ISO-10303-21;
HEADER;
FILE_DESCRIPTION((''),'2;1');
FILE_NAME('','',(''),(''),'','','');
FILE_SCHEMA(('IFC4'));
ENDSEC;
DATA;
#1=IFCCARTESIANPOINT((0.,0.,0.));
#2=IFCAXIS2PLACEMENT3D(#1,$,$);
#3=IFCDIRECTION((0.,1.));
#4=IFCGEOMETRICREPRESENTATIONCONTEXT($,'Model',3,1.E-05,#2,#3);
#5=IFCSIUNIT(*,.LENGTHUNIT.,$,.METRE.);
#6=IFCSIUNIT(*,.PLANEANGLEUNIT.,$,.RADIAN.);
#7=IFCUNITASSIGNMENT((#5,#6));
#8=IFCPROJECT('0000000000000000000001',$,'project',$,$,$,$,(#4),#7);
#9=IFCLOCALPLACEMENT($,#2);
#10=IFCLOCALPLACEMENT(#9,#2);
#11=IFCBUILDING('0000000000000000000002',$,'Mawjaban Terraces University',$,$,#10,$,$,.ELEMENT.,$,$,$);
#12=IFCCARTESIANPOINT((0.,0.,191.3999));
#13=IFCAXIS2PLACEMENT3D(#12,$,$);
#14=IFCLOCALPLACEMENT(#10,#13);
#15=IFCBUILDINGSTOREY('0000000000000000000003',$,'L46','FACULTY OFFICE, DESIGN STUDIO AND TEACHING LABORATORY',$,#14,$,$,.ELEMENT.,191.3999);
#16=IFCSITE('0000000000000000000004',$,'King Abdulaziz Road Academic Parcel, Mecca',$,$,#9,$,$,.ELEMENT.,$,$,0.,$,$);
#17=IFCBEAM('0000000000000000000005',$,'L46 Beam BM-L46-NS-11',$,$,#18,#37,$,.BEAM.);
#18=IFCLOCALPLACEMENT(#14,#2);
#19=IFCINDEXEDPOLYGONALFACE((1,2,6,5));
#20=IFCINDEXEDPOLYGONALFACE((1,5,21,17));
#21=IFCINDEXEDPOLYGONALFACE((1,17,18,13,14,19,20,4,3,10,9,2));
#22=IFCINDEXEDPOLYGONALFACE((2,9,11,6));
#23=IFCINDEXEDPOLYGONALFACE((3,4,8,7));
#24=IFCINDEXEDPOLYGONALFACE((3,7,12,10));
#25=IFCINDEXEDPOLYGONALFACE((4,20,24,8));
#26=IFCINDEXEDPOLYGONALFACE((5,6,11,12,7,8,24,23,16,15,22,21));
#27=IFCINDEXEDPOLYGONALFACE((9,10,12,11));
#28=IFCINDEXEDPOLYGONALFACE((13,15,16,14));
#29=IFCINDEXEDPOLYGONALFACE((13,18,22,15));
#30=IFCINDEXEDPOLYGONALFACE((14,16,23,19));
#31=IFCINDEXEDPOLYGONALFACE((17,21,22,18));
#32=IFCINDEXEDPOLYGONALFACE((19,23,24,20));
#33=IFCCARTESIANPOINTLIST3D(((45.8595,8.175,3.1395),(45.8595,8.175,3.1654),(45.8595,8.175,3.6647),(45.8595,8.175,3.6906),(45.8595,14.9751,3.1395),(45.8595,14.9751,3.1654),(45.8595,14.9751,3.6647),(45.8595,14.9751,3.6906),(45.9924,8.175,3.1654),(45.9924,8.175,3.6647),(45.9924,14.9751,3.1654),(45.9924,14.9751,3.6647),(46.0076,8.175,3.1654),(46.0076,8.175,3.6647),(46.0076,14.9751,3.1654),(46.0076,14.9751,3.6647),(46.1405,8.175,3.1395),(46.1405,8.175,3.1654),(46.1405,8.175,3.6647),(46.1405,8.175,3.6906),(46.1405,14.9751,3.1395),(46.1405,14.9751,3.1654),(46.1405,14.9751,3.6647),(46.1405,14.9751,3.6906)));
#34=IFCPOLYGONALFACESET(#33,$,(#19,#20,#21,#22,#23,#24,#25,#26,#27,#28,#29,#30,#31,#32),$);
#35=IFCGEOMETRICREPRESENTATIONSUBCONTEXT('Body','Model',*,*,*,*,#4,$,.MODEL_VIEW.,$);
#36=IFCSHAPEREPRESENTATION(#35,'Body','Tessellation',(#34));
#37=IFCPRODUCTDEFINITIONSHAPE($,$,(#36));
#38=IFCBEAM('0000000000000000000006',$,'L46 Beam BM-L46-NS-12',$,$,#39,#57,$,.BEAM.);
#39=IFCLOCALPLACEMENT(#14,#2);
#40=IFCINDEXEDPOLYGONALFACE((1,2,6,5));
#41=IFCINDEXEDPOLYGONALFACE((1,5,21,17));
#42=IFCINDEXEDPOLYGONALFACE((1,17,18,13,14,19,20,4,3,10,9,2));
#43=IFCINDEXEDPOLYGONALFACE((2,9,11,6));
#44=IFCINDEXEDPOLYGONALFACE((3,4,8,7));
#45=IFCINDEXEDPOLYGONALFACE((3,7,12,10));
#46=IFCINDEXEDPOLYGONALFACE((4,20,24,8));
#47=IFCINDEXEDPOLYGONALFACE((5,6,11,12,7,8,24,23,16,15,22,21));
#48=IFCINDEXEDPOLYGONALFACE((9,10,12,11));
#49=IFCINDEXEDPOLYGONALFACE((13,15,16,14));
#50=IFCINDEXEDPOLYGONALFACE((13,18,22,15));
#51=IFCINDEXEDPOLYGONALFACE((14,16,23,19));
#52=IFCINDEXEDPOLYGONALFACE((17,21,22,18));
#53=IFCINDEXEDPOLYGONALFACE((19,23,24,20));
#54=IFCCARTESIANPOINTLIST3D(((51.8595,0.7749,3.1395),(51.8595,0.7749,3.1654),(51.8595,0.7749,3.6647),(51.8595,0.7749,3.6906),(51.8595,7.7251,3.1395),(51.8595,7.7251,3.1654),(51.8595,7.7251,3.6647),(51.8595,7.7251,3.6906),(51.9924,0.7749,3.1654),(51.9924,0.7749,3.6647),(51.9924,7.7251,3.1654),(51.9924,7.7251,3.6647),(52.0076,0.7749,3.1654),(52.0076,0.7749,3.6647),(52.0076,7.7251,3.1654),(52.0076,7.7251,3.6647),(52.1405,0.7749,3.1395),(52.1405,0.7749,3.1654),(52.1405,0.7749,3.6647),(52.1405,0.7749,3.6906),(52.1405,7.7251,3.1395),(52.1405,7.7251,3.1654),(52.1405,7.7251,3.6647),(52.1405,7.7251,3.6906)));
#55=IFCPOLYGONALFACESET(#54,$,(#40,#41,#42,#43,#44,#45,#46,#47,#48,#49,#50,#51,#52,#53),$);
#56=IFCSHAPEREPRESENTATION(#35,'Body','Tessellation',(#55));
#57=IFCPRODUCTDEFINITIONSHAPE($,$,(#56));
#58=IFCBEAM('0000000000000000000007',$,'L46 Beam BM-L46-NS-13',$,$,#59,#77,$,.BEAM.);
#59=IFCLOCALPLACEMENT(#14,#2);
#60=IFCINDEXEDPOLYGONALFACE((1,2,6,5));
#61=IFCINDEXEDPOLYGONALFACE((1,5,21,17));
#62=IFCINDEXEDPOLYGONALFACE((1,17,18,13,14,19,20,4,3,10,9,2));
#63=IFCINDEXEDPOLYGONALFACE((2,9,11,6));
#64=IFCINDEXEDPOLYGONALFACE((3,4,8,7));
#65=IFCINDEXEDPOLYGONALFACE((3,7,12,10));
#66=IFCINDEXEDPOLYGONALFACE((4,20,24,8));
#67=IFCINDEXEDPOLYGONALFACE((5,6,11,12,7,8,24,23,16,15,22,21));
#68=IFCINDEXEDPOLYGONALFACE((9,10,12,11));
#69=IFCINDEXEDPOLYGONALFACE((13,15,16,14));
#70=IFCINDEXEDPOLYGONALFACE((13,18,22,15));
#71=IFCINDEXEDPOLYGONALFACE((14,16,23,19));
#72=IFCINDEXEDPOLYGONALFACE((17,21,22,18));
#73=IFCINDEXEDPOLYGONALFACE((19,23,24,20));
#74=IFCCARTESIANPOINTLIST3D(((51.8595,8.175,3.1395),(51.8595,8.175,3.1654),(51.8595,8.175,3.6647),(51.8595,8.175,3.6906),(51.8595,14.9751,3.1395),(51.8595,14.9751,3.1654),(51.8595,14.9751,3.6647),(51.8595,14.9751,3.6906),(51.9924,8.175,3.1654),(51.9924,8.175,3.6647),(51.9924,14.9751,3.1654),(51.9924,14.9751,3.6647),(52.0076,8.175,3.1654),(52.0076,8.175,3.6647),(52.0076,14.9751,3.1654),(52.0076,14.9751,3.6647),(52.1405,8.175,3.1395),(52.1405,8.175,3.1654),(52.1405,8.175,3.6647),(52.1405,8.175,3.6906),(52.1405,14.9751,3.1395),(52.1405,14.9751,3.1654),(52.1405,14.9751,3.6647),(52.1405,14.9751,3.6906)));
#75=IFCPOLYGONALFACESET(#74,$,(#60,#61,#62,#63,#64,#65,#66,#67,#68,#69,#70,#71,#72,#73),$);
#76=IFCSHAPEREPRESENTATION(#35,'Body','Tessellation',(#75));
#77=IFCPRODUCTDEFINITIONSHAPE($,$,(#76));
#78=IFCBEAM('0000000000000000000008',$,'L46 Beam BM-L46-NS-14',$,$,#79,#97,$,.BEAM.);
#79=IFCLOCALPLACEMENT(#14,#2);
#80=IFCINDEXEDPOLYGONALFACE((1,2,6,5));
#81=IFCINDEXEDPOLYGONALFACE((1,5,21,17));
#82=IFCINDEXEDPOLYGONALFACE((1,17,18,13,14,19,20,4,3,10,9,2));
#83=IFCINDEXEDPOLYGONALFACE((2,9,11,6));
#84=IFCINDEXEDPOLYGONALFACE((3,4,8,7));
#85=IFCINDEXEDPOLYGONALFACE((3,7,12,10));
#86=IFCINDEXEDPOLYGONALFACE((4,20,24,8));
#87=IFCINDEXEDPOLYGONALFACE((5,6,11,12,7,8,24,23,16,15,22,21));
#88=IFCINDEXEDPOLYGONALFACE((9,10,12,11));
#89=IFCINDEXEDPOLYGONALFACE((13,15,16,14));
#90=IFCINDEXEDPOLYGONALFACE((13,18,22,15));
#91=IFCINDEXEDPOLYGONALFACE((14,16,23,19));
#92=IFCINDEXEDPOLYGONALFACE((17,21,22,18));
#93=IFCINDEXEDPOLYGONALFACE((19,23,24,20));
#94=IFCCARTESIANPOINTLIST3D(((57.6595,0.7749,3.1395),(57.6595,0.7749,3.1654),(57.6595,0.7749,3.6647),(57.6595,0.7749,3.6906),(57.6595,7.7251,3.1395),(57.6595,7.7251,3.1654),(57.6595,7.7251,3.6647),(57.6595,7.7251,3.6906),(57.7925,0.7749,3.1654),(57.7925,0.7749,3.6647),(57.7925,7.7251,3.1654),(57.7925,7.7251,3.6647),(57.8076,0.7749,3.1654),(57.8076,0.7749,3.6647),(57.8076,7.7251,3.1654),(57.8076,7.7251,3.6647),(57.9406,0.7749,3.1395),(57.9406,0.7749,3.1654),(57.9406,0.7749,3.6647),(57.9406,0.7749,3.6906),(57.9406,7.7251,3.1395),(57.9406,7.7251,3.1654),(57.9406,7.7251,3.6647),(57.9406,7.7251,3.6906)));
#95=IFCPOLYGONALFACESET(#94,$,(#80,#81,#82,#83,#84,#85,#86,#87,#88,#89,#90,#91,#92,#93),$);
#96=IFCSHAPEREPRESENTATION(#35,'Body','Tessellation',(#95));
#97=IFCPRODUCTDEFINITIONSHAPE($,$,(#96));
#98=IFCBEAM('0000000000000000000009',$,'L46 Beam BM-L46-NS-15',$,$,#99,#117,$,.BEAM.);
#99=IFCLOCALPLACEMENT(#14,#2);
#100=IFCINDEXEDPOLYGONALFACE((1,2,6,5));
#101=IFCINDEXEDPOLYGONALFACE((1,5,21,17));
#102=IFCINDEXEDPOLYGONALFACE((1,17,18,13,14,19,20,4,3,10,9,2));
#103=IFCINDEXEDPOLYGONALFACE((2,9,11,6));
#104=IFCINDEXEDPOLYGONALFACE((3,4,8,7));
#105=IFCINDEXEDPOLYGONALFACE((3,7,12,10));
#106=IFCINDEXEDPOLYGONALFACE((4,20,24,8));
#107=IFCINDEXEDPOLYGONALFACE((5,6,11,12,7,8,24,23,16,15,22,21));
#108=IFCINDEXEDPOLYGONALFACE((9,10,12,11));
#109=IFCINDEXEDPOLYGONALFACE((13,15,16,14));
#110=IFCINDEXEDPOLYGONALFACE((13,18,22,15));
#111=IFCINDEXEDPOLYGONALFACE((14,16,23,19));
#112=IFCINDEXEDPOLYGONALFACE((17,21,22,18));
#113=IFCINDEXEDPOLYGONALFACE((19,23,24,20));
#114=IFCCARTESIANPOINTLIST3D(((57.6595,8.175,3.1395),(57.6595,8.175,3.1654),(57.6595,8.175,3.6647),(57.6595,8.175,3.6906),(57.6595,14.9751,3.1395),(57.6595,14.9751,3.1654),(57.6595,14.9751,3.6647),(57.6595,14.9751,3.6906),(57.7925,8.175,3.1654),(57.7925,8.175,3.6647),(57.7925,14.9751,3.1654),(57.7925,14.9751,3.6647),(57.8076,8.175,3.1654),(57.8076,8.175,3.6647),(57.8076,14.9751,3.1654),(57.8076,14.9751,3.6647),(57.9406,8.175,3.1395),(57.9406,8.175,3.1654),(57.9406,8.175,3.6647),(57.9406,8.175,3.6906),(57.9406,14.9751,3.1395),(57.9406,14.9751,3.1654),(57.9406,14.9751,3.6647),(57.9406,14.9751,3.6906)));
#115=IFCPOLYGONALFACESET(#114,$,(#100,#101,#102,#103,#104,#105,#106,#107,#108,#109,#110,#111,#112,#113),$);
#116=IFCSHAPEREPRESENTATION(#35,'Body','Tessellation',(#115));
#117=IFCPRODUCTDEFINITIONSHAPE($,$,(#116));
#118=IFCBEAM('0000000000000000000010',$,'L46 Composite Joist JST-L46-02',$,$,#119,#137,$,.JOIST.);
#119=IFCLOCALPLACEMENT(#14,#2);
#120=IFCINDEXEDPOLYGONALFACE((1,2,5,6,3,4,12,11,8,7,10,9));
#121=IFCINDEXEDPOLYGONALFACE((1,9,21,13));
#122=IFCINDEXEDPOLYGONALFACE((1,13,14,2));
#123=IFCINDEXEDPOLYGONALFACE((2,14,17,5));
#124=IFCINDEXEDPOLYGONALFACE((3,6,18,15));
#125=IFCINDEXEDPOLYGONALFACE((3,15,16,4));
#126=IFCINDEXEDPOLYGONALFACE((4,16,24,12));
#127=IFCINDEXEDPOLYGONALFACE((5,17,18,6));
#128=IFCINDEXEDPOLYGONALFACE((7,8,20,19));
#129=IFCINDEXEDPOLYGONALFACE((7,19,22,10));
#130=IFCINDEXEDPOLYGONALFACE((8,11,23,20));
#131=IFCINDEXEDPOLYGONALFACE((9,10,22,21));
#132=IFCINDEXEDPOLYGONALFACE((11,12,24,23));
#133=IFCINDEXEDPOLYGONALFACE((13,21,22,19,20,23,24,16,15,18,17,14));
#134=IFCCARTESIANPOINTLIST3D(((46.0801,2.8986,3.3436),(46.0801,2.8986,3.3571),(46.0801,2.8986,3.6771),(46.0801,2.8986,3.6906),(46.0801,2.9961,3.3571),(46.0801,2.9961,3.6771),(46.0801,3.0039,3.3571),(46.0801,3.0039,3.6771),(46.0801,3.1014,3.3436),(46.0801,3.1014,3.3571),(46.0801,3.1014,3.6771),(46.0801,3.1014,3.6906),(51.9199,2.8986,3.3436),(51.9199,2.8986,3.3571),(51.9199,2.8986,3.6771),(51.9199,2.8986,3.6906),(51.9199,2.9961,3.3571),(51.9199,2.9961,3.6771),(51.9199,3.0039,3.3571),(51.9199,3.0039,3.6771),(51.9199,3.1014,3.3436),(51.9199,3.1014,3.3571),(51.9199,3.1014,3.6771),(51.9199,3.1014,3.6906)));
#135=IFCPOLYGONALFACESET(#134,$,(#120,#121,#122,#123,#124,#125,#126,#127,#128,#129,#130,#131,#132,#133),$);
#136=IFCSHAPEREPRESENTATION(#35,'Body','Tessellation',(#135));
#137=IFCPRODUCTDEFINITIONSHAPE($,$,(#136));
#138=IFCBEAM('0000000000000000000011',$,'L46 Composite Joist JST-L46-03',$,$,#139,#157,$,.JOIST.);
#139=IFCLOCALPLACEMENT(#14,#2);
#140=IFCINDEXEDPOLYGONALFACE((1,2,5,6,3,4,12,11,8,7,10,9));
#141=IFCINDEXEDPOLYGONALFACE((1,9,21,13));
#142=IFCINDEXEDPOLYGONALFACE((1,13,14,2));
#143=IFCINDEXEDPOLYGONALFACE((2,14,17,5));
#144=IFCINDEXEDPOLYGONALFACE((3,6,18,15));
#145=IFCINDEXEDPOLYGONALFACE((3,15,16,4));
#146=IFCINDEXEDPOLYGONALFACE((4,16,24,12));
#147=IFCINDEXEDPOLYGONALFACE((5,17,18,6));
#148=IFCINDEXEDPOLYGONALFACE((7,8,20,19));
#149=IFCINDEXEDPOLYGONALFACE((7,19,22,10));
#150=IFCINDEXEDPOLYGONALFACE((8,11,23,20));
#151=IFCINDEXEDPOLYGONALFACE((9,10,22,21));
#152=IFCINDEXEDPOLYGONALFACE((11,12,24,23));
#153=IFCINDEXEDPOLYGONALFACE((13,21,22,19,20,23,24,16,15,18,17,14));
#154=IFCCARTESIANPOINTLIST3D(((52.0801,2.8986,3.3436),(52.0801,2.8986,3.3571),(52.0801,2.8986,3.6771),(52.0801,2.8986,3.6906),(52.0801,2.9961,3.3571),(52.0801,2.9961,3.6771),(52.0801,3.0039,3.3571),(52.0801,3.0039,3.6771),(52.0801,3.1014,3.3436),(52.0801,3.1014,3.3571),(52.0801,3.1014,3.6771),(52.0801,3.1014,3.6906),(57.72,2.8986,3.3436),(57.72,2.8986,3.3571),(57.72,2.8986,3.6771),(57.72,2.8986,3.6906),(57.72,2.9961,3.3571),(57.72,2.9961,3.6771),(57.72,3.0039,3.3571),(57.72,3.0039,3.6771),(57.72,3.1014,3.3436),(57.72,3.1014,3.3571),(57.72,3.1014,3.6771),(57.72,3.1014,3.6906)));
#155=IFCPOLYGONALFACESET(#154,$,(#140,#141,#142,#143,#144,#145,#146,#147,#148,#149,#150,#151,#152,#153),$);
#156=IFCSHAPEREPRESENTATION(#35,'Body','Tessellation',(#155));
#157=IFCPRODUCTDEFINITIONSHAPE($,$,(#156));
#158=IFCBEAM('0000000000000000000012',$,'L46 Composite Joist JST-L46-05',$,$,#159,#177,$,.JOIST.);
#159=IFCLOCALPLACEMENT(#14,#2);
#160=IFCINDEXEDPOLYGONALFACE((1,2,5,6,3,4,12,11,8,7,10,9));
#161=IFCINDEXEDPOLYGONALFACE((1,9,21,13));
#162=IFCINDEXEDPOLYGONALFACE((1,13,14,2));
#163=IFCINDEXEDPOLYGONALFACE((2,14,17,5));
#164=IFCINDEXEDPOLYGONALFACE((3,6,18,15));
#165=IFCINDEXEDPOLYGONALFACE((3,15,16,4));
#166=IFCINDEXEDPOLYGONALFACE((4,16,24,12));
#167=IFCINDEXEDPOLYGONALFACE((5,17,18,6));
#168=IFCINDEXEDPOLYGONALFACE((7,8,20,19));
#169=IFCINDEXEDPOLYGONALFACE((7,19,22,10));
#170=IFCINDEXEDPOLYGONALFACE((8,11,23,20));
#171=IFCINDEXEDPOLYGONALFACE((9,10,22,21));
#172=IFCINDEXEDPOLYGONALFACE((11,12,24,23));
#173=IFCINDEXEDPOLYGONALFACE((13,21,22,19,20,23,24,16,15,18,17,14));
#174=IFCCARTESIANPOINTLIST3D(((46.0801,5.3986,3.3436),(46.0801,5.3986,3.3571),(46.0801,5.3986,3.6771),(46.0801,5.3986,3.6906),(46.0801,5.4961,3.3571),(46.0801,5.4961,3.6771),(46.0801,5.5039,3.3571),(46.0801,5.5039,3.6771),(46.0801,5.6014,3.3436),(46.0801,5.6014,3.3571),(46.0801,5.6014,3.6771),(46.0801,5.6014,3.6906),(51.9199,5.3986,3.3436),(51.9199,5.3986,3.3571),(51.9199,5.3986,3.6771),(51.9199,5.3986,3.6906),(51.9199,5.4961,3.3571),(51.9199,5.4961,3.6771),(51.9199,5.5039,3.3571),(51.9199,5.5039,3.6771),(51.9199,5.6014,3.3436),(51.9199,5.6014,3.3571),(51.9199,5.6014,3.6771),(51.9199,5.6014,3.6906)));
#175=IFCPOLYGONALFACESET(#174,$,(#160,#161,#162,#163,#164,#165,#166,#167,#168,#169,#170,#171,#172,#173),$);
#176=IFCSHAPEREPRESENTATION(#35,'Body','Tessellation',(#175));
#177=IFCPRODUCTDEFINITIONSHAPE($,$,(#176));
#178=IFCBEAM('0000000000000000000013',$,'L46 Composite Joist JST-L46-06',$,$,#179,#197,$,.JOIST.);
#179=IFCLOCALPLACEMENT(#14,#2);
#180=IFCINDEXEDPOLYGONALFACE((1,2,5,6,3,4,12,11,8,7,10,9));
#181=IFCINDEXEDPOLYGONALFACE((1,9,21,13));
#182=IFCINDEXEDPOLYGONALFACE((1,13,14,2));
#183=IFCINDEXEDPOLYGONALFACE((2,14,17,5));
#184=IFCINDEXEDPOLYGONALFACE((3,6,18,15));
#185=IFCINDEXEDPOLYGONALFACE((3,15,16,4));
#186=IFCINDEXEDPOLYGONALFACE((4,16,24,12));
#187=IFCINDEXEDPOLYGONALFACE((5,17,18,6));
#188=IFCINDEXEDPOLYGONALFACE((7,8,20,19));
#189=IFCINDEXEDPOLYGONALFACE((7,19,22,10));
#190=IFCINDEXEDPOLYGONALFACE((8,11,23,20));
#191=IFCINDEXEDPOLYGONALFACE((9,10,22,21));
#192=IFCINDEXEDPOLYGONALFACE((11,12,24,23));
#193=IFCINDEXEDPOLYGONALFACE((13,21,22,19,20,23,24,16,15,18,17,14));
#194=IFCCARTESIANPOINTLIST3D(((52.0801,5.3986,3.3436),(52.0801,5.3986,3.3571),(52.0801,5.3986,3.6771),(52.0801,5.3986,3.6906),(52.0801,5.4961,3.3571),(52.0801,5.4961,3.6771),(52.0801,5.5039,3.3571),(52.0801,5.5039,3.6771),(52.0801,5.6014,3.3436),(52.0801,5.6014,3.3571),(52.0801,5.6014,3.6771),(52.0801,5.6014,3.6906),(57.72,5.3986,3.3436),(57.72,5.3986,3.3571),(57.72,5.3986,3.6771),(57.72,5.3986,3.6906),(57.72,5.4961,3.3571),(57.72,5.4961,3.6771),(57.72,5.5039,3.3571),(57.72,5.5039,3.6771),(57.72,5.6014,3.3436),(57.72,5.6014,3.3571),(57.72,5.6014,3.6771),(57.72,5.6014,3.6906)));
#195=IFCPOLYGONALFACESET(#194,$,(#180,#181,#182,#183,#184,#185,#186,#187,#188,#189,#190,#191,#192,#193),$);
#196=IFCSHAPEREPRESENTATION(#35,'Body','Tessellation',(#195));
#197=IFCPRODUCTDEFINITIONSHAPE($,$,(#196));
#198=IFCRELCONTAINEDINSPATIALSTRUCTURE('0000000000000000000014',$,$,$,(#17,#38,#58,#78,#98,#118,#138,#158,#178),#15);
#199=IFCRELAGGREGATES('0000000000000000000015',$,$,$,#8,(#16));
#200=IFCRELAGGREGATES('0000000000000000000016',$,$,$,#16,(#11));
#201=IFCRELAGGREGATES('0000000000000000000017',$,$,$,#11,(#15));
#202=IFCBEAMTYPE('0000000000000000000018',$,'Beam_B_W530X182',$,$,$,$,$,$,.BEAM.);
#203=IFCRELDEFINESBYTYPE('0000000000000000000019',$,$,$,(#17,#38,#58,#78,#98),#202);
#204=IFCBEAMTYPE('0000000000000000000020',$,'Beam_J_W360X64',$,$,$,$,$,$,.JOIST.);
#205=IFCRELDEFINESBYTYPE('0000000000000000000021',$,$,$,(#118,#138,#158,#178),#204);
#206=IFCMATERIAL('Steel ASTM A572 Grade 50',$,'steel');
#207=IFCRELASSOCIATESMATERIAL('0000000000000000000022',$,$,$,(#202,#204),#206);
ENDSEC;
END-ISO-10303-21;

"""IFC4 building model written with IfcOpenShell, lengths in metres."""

from ifc_helpers import new_model, si_unit, direction, frame, origin, origin_2d, place, context, subcontext, project, spatial, i_section, extrude, material, material_profile, profile_set, type_object, element, save


model = new_model("IFC4")

# Units and contexts
model_context = context("Model", 3, precision=1e-05, world=origin(), true_north=direction((0.0, 1.0)))
body_context = subcontext(model_context, "Body", "Model", "MODEL_VIEW")
ifc_project = project(units=[si_unit("LENGTHUNIT", "METRE"), si_unit("PLANEANGLEUNIT", "RADIAN")], contexts=[model_context])

# Site, building, storey
site_placement = place(None, origin())
site = spatial("IfcSite", under=ifc_project, at=site_placement, Name="King Abdulaziz Road Academic Parcel, Mecca", CompositionType="ELEMENT", RefElevation=0.0)
building_placement = place(site_placement, origin())
building = spatial("IfcBuilding", under=site, at=building_placement, Name="Mawjaban Terraces University", CompositionType="ELEMENT")
storey_placement = place(building_placement, frame((0.0, 0.0, 191.3999)))
storey = spatial("IfcBuildingStorey", under=building, at=storey_placement, Name="L46", Description="FACULTY OFFICE, DESIGN STUDIO AND TEACHING LABORATORY", CompositionType="ELEMENT", Elevation=191.3999)

# Beams
ifc_material_1 = material(Name="Steel ASTM A572 Grade 50", Category="steel")
ifc_material_profile_1 = material_profile(ifc_material_1, i_section(OverallWidth=0.281, OverallDepth=0.551, WebThickness=0.0151, FlangeThickness=0.0259, at=origin_2d()), Name="W530X182")
ifc_profile_set_1 = profile_set([ifc_material_profile_1], Name="Steel ASTM A572 Grade 50")
beam_type_1 = type_object("IfcBeamType", Name="Beam_B_W530X182", PredefinedType="BEAM", material=ifc_profile_set_1)
beam_1_placement = place(storey_placement, frame((46.0, 8.175, 3.415), z_axis=(0.0, 1.0, 0.0), x_axis=(-1.0, 0.0, 0.0)))
element("IfcBeam", 1, at=beam_1_placement, inside=storey, type_object=beam_type_1, Name="L46 Beam BM-L46-NS-11", PredefinedType="BEAM", context=body_context, shape_type="SweptSolid", body=[
    extrude(i_section(OverallWidth=0.281, OverallDepth=0.551, WebThickness=0.0151, FlangeThickness=0.0259, at=origin_2d()), origin(), (0.0, 0.0, 1.0), 6.8),
])
beam_2_placement = place(storey_placement, frame((52.0, 0.7749, 3.415), z_axis=(0.0, 1.0, 0.0), x_axis=(-1.0, 0.0, 0.0)))
element("IfcBeam", 2, at=beam_2_placement, inside=storey, type_object=beam_type_1, Name="L46 Beam BM-L46-NS-12", PredefinedType="BEAM", context=body_context, shape_type="SweptSolid", body=[
    extrude(i_section(OverallWidth=0.281, OverallDepth=0.551, WebThickness=0.0151, FlangeThickness=0.0259, at=origin_2d()), origin(), (0.0, 0.0, 1.0), 6.9502),
])
beam_3_placement = place(storey_placement, frame((52.0, 8.175, 3.415), z_axis=(0.0, 1.0, 0.0), x_axis=(-1.0, 0.0, 0.0)))
element("IfcBeam", 3, at=beam_3_placement, inside=storey, type_object=beam_type_1, Name="L46 Beam BM-L46-NS-13", PredefinedType="BEAM", context=body_context, shape_type="SweptSolid", body=[
    extrude(i_section(OverallWidth=0.281, OverallDepth=0.551, WebThickness=0.0151, FlangeThickness=0.0259, at=origin_2d()), origin(), (0.0, 0.0, 1.0), 6.8),
])
beam_4_placement = place(storey_placement, frame((57.8, 0.7749, 3.415), z_axis=(0.0, 1.0, 0.0), x_axis=(-1.0, 0.0, 0.0)))
element("IfcBeam", 4, at=beam_4_placement, inside=storey, type_object=beam_type_1, Name="L46 Beam BM-L46-NS-14", PredefinedType="BEAM", context=body_context, shape_type="SweptSolid", body=[
    extrude(i_section(OverallWidth=0.281, OverallDepth=0.551, WebThickness=0.0151, FlangeThickness=0.0259, at=origin_2d()), origin(), (0.0, 0.0, 1.0), 6.9502),
])
beam_5_placement = place(storey_placement, frame((57.8, 8.175, 3.415), z_axis=(0.0, 1.0, 0.0), x_axis=(-1.0, 0.0, 0.0)))
element("IfcBeam", 5, at=beam_5_placement, inside=storey, type_object=beam_type_1, Name="L46 Beam BM-L46-NS-15", PredefinedType="BEAM", context=body_context, shape_type="SweptSolid", body=[
    extrude(i_section(OverallWidth=0.281, OverallDepth=0.551, WebThickness=0.0151, FlangeThickness=0.0259, at=origin_2d()), origin(), (0.0, 0.0, 1.0), 6.8),
])
ifc_material_profile_2 = material_profile(ifc_material_1, i_section(OverallWidth=0.2029, OverallDepth=0.3469, WebThickness=0.0078, FlangeThickness=0.0134, at=origin_2d()), Name="W360X64")
ifc_profile_set_2 = profile_set([ifc_material_profile_2], Name="Steel ASTM A572 Grade 50")
beam_type_2 = type_object("IfcBeamType", Name="Beam_J_W360X64", PredefinedType="JOIST", material=ifc_profile_set_2)
beam_6_placement = place(storey_placement, frame((46.0801, 3.0, 3.5171), z_axis=(1.0, 0.0, 0.0), x_axis=(0.0, 1.0, 0.0)))
element("IfcBeam", 6, at=beam_6_placement, inside=storey, type_object=beam_type_2, Name="L46 Composite Joist JST-L46-02", PredefinedType="JOIST", context=body_context, shape_type="SweptSolid", body=[
    extrude(i_section(OverallWidth=0.2029, OverallDepth=0.3469, WebThickness=0.0078, FlangeThickness=0.0134, at=origin_2d()), origin(), (0.0, 0.0, 1.0), 5.8398),
])
beam_7_placement = place(storey_placement, frame((52.0801, 3.0, 3.5171), z_axis=(1.0, 0.0, 0.0), x_axis=(0.0, 1.0, 0.0)))
element("IfcBeam", 7, at=beam_7_placement, inside=storey, type_object=beam_type_2, Name="L46 Composite Joist JST-L46-03", PredefinedType="JOIST", context=body_context, shape_type="SweptSolid", body=[
    extrude(i_section(OverallWidth=0.2029, OverallDepth=0.3469, WebThickness=0.0078, FlangeThickness=0.0134, at=origin_2d()), origin(), (0.0, 0.0, 1.0), 5.6399),
])
beam_8_placement = place(storey_placement, frame((46.0801, 5.5, 3.5171), z_axis=(1.0, 0.0, 0.0), x_axis=(0.0, 1.0, 0.0)))
element("IfcBeam", 8, at=beam_8_placement, inside=storey, type_object=beam_type_2, Name="L46 Composite Joist JST-L46-05", PredefinedType="JOIST", context=body_context, shape_type="SweptSolid", body=[
    extrude(i_section(OverallWidth=0.2029, OverallDepth=0.3469, WebThickness=0.0078, FlangeThickness=0.0134, at=origin_2d()), origin(), (0.0, 0.0, 1.0), 5.8398),
])
beam_9_placement = place(storey_placement, frame((52.0801, 5.5, 3.5171), z_axis=(1.0, 0.0, 0.0), x_axis=(0.0, 1.0, 0.0)))
element("IfcBeam", 9, at=beam_9_placement, inside=storey, type_object=beam_type_2, Name="L46 Composite Joist JST-L46-06", PredefinedType="JOIST", context=body_context, shape_type="SweptSolid", body=[
    extrude(i_section(OverallWidth=0.2029, OverallDepth=0.3469, WebThickness=0.0078, FlangeThickness=0.0134, at=origin_2d()), origin(), (0.0, 0.0, 1.0), 5.6399),
])

save(model, "model.ifc")
